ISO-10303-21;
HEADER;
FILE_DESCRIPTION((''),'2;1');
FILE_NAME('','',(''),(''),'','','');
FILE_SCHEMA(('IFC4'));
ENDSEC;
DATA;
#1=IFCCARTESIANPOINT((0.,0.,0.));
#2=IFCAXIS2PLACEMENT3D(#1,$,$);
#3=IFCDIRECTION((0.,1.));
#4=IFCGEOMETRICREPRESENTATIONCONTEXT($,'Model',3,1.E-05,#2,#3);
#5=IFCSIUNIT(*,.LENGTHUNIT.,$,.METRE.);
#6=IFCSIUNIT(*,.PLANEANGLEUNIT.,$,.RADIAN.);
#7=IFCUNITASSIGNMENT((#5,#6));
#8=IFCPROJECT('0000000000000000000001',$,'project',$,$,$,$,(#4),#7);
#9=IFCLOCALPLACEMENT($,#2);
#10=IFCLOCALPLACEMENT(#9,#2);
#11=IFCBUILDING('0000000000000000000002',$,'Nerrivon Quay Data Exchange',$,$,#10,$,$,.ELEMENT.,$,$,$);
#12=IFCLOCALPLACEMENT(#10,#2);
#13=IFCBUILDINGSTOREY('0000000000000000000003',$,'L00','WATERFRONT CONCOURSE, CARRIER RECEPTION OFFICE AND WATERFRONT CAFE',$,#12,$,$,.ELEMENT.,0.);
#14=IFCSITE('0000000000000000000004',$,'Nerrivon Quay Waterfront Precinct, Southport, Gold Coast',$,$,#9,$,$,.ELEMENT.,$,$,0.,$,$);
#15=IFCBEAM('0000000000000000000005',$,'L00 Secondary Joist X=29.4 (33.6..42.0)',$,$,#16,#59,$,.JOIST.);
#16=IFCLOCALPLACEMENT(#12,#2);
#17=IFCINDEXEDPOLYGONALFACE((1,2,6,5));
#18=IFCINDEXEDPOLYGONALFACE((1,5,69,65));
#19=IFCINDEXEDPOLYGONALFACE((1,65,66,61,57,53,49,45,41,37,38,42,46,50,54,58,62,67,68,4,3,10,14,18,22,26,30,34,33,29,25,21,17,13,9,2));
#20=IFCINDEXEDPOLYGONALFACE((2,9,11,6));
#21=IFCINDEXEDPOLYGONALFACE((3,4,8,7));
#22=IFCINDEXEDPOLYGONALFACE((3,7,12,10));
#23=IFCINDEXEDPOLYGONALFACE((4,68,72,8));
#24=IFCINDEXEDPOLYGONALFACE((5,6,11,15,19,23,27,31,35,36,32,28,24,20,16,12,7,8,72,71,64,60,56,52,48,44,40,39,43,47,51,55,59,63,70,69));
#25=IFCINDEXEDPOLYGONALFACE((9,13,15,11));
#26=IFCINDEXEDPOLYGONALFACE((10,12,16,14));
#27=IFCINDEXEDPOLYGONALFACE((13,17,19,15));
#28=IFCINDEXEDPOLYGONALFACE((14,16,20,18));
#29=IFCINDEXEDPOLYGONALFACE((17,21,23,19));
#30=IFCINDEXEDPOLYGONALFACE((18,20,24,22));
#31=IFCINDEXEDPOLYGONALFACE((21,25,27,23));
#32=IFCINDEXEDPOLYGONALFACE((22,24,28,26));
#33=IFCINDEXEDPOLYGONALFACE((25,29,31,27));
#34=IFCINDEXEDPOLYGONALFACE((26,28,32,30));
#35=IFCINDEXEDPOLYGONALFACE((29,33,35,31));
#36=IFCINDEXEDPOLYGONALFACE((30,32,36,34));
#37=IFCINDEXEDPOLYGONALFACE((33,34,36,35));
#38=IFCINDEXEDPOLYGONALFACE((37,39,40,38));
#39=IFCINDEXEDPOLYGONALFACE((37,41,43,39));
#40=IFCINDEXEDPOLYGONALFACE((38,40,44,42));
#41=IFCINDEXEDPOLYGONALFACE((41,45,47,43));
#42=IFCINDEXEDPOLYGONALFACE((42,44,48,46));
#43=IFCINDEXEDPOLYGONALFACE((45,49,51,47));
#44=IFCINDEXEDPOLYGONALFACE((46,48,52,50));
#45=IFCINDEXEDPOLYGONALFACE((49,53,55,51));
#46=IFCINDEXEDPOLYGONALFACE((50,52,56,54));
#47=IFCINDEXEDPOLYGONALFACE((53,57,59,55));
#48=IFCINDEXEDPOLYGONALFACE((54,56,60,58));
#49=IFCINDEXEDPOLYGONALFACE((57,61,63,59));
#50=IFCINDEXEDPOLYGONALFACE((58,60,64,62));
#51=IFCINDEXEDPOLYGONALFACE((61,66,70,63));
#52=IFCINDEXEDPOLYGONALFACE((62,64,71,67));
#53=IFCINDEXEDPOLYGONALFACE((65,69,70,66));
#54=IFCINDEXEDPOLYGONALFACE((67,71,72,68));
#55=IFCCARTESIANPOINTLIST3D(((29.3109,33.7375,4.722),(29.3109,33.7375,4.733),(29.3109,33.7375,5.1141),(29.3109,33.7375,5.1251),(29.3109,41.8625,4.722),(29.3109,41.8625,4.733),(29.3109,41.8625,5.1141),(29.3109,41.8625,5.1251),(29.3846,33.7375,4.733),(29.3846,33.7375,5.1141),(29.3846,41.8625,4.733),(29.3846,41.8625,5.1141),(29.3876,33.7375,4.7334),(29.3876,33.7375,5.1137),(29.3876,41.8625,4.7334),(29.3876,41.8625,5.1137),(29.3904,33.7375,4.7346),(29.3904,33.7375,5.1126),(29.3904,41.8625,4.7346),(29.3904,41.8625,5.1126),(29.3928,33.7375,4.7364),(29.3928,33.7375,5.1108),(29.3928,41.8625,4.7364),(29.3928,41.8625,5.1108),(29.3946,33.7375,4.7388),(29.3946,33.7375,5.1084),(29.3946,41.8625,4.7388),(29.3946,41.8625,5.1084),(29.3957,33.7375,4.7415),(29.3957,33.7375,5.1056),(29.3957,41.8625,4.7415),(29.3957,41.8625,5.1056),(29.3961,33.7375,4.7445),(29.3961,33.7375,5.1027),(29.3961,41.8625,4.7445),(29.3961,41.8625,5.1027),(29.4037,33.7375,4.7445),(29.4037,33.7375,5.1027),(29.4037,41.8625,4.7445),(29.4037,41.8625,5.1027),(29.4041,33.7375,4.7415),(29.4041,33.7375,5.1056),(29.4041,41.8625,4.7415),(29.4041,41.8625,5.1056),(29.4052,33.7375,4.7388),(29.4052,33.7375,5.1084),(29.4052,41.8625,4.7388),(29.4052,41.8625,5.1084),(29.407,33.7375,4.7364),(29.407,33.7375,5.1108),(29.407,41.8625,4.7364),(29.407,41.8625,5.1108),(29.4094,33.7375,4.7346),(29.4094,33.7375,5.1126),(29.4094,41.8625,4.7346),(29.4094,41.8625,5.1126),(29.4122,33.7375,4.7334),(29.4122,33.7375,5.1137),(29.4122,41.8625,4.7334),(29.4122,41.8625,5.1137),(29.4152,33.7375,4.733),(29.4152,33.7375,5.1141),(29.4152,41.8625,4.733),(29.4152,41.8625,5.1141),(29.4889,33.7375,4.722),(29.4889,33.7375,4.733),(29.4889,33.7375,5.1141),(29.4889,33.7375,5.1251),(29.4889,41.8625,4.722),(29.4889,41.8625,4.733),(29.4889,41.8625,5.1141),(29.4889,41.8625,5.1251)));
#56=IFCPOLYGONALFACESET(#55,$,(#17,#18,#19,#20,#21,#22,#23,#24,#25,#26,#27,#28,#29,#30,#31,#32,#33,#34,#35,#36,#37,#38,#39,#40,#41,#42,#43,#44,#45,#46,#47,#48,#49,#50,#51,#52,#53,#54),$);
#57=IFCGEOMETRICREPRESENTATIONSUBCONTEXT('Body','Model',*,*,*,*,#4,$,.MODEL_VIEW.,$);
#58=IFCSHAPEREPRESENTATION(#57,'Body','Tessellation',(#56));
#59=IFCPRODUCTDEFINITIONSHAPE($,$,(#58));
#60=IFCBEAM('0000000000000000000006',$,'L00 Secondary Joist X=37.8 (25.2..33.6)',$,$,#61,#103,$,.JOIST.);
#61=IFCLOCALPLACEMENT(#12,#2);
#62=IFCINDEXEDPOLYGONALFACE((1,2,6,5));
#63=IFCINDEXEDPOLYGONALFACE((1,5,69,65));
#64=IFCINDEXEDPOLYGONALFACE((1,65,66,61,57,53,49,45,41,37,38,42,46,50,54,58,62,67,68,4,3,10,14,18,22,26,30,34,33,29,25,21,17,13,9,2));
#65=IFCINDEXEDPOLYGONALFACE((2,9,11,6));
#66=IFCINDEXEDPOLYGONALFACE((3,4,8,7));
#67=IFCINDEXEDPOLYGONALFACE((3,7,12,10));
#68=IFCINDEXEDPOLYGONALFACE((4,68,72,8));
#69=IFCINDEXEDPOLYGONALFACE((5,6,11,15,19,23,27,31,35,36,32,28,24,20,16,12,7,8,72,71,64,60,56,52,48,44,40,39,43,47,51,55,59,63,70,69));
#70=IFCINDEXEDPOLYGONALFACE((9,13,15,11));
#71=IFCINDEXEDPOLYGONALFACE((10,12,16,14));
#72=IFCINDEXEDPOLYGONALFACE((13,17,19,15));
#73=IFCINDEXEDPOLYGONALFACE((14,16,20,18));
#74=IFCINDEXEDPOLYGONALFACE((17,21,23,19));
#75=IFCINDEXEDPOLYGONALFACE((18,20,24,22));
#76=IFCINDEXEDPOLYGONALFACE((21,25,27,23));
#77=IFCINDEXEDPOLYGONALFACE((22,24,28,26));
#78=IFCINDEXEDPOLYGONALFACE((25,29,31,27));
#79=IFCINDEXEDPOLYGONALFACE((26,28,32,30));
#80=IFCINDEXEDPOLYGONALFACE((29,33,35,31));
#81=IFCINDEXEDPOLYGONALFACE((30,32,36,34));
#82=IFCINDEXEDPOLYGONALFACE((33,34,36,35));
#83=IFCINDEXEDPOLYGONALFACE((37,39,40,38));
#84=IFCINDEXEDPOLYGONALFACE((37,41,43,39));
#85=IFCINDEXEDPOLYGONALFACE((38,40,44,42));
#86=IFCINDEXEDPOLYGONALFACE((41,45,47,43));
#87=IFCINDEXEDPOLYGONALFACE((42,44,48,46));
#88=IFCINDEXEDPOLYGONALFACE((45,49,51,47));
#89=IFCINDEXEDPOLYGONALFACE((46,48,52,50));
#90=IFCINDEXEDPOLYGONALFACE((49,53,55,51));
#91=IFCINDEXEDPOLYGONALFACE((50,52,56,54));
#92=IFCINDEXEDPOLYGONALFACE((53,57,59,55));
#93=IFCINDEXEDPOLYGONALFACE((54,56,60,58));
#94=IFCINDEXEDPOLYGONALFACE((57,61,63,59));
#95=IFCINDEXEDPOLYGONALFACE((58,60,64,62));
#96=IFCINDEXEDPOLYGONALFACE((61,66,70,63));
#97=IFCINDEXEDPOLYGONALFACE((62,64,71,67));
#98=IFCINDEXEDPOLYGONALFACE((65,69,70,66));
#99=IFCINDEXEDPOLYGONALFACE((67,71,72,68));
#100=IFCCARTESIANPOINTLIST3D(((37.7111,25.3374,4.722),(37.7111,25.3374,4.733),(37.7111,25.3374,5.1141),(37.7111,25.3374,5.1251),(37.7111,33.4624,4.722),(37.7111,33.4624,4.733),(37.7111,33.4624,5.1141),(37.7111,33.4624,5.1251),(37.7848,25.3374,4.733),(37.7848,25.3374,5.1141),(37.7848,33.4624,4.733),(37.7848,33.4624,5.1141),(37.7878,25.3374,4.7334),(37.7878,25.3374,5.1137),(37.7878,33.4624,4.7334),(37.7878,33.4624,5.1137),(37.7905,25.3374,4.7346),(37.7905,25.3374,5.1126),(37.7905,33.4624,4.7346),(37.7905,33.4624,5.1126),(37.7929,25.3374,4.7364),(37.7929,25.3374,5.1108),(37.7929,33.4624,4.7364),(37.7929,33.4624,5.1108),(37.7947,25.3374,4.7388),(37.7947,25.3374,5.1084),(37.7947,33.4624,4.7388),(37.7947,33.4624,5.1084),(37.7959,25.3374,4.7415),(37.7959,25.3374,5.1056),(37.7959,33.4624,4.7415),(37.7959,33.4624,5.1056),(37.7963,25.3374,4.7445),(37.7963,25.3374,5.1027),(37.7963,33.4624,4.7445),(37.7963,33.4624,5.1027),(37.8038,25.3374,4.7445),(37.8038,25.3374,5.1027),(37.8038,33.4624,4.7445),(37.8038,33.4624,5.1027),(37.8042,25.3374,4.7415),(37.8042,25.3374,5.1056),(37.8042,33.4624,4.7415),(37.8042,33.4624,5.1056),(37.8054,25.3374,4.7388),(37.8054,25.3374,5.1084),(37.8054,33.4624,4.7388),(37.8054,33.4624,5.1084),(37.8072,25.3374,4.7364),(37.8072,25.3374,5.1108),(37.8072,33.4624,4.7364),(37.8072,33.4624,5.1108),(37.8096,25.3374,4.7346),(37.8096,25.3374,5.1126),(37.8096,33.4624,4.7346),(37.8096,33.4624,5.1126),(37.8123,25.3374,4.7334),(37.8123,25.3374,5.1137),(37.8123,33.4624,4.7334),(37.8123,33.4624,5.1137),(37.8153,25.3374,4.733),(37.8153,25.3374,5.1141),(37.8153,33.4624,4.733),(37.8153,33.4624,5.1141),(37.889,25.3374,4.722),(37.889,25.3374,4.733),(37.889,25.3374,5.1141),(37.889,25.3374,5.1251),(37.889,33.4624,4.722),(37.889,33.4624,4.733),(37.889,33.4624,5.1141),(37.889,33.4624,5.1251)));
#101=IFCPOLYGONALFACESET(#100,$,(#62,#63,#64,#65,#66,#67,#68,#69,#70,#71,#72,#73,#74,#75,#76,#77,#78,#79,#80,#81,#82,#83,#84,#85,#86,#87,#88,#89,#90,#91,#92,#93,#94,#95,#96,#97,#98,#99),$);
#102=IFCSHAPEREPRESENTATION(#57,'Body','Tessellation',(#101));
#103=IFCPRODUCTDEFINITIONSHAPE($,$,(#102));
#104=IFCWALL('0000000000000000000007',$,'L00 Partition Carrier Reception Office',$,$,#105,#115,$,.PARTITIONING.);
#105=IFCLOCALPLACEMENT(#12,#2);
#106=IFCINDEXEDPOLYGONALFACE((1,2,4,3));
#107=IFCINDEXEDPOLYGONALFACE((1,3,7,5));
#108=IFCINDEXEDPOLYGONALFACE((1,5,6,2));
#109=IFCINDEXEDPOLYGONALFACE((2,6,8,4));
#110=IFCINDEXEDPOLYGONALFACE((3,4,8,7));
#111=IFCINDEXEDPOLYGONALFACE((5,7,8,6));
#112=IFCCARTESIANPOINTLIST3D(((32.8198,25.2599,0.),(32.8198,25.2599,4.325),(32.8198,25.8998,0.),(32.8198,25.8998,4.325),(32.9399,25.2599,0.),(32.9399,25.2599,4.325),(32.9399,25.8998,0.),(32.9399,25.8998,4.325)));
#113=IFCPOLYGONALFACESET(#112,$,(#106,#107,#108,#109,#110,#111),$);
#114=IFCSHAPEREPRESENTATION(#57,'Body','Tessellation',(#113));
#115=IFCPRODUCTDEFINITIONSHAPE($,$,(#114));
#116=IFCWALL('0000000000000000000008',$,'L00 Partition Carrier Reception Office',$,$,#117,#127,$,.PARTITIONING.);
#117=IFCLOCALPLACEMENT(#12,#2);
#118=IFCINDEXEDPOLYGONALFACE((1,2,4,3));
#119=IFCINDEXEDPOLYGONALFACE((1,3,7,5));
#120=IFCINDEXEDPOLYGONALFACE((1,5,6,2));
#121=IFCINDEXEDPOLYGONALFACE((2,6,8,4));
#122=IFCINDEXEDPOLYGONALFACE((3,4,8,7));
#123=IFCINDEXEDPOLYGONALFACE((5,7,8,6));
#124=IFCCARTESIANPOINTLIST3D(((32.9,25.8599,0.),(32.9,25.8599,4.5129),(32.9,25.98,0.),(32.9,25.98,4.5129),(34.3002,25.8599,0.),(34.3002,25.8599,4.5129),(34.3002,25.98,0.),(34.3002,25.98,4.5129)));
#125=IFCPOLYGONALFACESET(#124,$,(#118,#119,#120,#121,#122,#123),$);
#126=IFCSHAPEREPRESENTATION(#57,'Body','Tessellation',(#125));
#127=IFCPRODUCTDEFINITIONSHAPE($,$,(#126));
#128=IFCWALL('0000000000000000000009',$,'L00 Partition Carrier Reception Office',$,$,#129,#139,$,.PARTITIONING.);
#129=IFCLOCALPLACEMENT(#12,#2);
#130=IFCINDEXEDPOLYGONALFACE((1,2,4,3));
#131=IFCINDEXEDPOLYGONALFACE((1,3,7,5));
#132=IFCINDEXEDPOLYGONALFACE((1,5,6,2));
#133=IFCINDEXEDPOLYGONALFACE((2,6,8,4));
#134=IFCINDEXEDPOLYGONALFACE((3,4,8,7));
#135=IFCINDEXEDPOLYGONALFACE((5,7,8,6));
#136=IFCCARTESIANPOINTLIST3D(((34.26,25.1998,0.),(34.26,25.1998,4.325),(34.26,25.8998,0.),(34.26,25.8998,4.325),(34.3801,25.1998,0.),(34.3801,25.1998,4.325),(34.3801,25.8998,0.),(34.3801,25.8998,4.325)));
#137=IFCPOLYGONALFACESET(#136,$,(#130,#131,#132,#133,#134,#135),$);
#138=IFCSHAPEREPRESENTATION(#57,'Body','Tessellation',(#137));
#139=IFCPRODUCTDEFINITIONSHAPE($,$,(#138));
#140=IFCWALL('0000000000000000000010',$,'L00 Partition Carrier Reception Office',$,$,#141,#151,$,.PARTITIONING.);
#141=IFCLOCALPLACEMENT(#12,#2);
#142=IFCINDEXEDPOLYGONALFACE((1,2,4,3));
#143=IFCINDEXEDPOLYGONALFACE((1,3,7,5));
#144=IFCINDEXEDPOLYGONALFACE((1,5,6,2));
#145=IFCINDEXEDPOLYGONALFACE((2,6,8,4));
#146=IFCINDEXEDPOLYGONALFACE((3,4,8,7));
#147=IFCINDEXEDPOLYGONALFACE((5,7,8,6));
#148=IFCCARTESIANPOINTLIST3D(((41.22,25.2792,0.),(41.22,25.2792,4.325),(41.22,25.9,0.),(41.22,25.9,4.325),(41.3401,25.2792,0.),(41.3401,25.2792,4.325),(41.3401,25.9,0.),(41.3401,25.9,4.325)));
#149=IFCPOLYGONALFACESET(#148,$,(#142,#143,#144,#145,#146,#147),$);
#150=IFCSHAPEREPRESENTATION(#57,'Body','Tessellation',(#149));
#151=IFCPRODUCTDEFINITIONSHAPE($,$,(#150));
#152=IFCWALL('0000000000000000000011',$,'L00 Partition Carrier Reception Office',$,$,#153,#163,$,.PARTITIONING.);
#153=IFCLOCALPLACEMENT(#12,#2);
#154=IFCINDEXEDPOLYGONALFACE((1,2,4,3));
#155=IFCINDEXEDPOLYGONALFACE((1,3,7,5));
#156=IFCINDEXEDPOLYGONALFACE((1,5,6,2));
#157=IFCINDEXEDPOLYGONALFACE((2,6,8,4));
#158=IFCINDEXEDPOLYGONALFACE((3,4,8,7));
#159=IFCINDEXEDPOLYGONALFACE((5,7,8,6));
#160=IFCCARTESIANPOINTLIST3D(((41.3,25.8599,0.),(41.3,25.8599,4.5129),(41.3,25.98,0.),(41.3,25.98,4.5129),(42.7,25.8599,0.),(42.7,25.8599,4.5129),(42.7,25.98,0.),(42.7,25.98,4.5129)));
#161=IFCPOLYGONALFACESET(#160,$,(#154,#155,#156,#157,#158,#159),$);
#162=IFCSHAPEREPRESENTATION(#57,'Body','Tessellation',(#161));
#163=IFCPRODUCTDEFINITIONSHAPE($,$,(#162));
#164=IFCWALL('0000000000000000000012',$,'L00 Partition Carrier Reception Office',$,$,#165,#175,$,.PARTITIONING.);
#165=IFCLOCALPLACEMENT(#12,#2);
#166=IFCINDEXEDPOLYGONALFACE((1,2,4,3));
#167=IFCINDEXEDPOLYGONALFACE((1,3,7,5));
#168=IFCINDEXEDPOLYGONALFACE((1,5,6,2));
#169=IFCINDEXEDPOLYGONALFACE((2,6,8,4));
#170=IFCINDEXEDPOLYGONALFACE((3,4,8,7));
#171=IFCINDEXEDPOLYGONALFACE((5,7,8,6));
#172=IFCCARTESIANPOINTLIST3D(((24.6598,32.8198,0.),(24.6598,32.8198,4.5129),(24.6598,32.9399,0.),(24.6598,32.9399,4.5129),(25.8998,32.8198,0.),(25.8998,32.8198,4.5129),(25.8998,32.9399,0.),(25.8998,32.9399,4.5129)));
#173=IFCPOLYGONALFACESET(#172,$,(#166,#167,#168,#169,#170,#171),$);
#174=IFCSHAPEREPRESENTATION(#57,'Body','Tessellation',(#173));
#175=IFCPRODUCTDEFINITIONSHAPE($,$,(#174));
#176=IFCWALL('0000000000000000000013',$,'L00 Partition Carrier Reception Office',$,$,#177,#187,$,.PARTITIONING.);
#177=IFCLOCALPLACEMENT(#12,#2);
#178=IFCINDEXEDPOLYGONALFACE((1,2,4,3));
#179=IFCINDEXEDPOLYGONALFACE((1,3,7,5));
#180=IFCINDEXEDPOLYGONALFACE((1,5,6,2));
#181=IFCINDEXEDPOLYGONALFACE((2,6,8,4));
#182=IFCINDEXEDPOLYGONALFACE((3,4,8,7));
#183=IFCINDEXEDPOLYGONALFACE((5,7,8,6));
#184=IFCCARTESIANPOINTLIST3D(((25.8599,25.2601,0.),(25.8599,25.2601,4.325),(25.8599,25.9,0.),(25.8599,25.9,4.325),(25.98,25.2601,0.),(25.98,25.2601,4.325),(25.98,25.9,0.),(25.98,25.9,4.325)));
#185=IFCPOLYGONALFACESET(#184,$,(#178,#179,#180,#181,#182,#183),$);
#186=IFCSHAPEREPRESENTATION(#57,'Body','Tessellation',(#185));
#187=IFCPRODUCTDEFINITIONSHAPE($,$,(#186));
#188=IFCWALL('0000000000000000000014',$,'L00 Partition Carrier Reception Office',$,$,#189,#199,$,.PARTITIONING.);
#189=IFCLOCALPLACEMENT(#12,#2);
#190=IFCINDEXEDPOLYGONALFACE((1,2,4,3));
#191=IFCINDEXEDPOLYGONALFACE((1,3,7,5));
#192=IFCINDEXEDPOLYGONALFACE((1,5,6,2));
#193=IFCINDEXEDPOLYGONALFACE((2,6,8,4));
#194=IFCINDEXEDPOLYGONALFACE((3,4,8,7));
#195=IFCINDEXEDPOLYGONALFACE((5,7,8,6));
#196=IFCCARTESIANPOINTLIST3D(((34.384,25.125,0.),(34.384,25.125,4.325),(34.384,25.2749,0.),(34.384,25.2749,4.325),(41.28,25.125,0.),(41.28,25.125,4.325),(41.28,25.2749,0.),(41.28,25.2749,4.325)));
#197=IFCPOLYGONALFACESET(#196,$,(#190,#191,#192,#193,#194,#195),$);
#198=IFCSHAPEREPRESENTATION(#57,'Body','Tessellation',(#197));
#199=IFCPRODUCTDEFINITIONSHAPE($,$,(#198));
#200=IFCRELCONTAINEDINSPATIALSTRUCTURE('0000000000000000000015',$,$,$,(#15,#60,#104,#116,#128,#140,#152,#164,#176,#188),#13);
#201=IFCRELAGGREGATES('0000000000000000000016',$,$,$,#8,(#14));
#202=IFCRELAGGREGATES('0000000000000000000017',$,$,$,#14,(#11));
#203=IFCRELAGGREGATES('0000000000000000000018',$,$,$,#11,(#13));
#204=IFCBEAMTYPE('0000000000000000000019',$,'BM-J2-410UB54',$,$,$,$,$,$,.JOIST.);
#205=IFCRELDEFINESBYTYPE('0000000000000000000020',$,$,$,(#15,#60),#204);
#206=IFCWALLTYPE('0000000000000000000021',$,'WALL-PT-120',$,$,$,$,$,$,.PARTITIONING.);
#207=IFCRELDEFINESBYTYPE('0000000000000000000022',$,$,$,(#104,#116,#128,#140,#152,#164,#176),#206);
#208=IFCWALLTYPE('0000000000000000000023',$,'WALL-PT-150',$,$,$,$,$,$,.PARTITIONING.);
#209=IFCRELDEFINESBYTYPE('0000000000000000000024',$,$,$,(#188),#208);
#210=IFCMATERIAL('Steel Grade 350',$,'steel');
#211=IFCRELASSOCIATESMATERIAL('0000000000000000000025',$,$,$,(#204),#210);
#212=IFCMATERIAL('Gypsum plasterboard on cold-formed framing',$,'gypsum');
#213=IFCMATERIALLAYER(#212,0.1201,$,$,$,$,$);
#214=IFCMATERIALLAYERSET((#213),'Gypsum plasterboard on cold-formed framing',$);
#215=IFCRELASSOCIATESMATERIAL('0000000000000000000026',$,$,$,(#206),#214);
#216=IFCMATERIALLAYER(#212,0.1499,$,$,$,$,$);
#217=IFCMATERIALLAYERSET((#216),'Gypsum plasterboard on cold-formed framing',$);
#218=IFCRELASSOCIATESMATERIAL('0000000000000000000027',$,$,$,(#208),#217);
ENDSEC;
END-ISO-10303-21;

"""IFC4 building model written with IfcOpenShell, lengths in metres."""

from ifc_helpers import new_model, si_unit, direction, frame, frame_2d, origin, origin_2d, place, context, subcontext, project, spatial, rectangle, i_section, extrude, material, layer, layer_set, material_profile, profile_set, type_object, element, save


model = new_model("IFC4")

# Units and contexts
model_context = context("Model", 3, precision=1e-05, world=origin(), true_north=direction((0.0, 1.0)))
body_context = subcontext(model_context, "Body", "Model", "MODEL_VIEW")
ifc_project = project(units=[si_unit("LENGTHUNIT", "METRE"), si_unit("PLANEANGLEUNIT", "RADIAN")], contexts=[model_context])

# Site, building, storey
site_placement = place(None, origin())
site = spatial("IfcSite", under=ifc_project, at=site_placement, Name="Nerrivon Quay Waterfront Precinct, Southport, Gold Coast", CompositionType="ELEMENT", RefElevation=0.0)
building_placement = place(site_placement, origin())
building = spatial("IfcBuilding", under=site, at=building_placement, Name="Nerrivon Quay Data Exchange", CompositionType="ELEMENT")
storey_placement = place(building_placement, origin())
storey = spatial("IfcBuildingStorey", under=building, at=storey_placement, Name="L00", Description="WATERFRONT CONCOURSE, CARRIER RECEPTION OFFICE AND WATERFRONT CAFE", CompositionType="ELEMENT", Elevation=0.0)

# Beams
ifc_material_1 = material(Name="Steel Grade 350", Category="steel")
ifc_material_profile_1 = material_profile(ifc_material_1, i_section(OverallWidth=0.178, OverallDepth=0.4031, WebThickness=0.0076, FlangeThickness=0.011, FilletRadius=0.0115, at=origin_2d()), Name="410UB53.7")
ifc_profile_set_1 = profile_set([ifc_material_profile_1], Name="Steel Grade 350")
beam_type_1 = type_object("IfcBeamType", Name="BM-J2-410UB54", PredefinedType="JOIST", material=ifc_profile_set_1)
for number, where, z_axis, x_axis, name in (
    (1, (29.3999, 33.7375, 4.9236), (0.0, 1.0, 0.0), (-1.0, 0.0, 0.0), "L00 Secondary Joist X=29.4 (33.6..42.0)"),
    (2, (37.8, 25.3374, 4.9236), (0.0, 1.0, 0.0), (-1.0, 0.0, 0.0), "L00 Secondary Joist X=37.8 (25.2..33.6)"),
):
    element("IfcBeam", number, at=place(storey_placement, frame(where, z_axis=z_axis, x_axis=x_axis)), inside=storey, type_object=beam_type_1, Name=name, PredefinedType="JOIST", context=body_context, shape_type="SweptSolid", body=[
        extrude(i_section(OverallWidth=0.178, OverallDepth=0.4031, WebThickness=0.0076, FlangeThickness=0.011, FilletRadius=0.0115, at=origin_2d()), origin(), (0.0, 0.0, 1.0), 8.125),
    ])

# Walls
ifc_material_2 = material(Name="Gypsum plasterboard on cold-formed framing", Category="gypsum")
ifc_layer_1 = layer(ifc_material_2, 0.1201)
ifc_layer_set_1 = layer_set([ifc_layer_1], Name="Gypsum plasterboard on cold-formed framing")
wall_type_1 = type_object("IfcWallType", Name="WALL-PT-120", PredefinedType="PARTITIONING", material=ifc_layer_set_1)
wall_1_placement = place(storey_placement, frame((32.8799, 25.26, 0.0), z_axis=(0.0, 0.0, 1.0), x_axis=(0.0, 1.0, 0.0)))
element("IfcWall", 3, at=wall_1_placement, inside=storey, type_object=wall_type_1, Name="L00 Partition Carrier Reception Office", PredefinedType="PARTITIONING", context=body_context, shape_type="SweptSolid", body=[
    extrude(rectangle(XDim=0.6399, YDim=0.1201, at=frame_2d((0.3198, 0.0))), origin(), (0.0, 0.0, 1.0), 4.325),
])
wall_2_placement = place(storey_placement, frame((32.8999, 25.9199, 0.0), z_axis=(0.0, 0.0, 1.0), x_axis=(1.0, 0.0, 0.0)))
element("IfcWall", 4, at=wall_2_placement, inside=storey, type_object=wall_type_1, Name="L00 Partition Carrier Reception Office", PredefinedType="PARTITIONING", context=body_context, shape_type="SweptSolid", body=[
    extrude(rectangle(XDim=1.4001, YDim=0.1201, at=frame_2d((0.7002, 0.0))), origin(), (0.0, 0.0, 1.0), 4.5129),
])
wall_3_placement = place(storey_placement, frame((34.3201, 25.8999, 0.0), z_axis=(0.0, 0.0, 1.0), x_axis=(0.0, -1.0, 0.0)))
element("IfcWall", 5, at=wall_3_placement, inside=storey, type_object=wall_type_1, Name="L00 Partition Carrier Reception Office", PredefinedType="PARTITIONING", context=body_context, shape_type="SweptSolid", body=[
    extrude(rectangle(XDim=0.7, YDim=0.1201, at=frame_2d((0.3501, 0.0))), origin(), (0.0, 0.0, 1.0), 4.325),
])
wall_4_placement = place(storey_placement, frame((41.28, 25.2791, 0.0), z_axis=(0.0, 0.0, 1.0), x_axis=(0.0, 1.0, 0.0)))
element("IfcWall", 6, at=wall_4_placement, inside=storey, type_object=wall_type_1, Name="L00 Partition Carrier Reception Office", PredefinedType="PARTITIONING", context=body_context, shape_type="SweptSolid", body=[
    extrude(rectangle(XDim=0.6208, YDim=0.1201, at=frame_2d((0.3105, 0.0))), origin(), (0.0, 0.0, 1.0), 4.325),
])
wall_5_placement = place(storey_placement, frame((41.3, 25.9199, 0.0), z_axis=(0.0, 0.0, 1.0), x_axis=(1.0, 0.0, 0.0)))
element("IfcWall", 7, at=wall_5_placement, inside=storey, type_object=wall_type_1, Name="L00 Partition Carrier Reception Office", PredefinedType="PARTITIONING", context=body_context, shape_type="SweptSolid", body=[
    extrude(rectangle(XDim=1.3999, YDim=0.1201, at=frame_2d((0.7, 0.0))), origin(), (0.0, 0.0, 1.0), 4.5129),
])
wall_6_placement = place(storey_placement, frame((25.8999, 32.8799, 0.0), z_axis=(0.0, 0.0, 1.0), x_axis=(-1.0, 0.0, 0.0)))
element("IfcWall", 8, at=wall_6_placement, inside=storey, type_object=wall_type_1, Name="L00 Partition Carrier Reception Office", PredefinedType="PARTITIONING", context=body_context, shape_type="SweptSolid", body=[
    extrude(rectangle(XDim=1.24, YDim=0.1201, at=frame_2d((0.6201, 0.0))), origin(), (0.0, 0.0, 1.0), 4.5129),
])
wall_7_placement = place(storey_placement, frame((25.9199, 25.8999, 0.0), z_axis=(0.0, 0.0, 1.0), x_axis=(0.0, -1.0, 0.0)))
element("IfcWall", 9, at=wall_7_placement, inside=storey, type_object=wall_type_1, Name="L00 Partition Carrier Reception Office", PredefinedType="PARTITIONING", context=body_context, shape_type="SweptSolid", body=[
    extrude(rectangle(XDim=0.6399, YDim=0.1201, at=frame_2d((0.3198, 0.0))), origin(), (0.0, 0.0, 1.0), 4.325),
])
ifc_layer_2 = layer(ifc_material_2, 0.1499)
ifc_layer_set_2 = layer_set([ifc_layer_2], Name="Gypsum plasterboard on cold-formed framing")
wall_type_2 = type_object("IfcWallType", Name="WALL-PT-150", PredefinedType="PARTITIONING", material=ifc_layer_set_2)
wall_8_placement = place(storey_placement, frame((34.384, 25.2, 0.0), z_axis=(0.0, 0.0, 1.0), x_axis=(1.0, 0.0, 0.0)))
element("IfcWall", 10, at=wall_8_placement, inside=storey, type_object=wall_type_2, Name="L00 Partition Carrier Reception Office", PredefinedType="PARTITIONING", context=body_context, shape_type="SweptSolid", body=[
    extrude(rectangle(XDim=6.896, YDim=0.1499, at=frame_2d((3.448, 0.0))), origin(), (0.0, 0.0, 1.0), 4.325),
])

save(model, "model.ifc")
